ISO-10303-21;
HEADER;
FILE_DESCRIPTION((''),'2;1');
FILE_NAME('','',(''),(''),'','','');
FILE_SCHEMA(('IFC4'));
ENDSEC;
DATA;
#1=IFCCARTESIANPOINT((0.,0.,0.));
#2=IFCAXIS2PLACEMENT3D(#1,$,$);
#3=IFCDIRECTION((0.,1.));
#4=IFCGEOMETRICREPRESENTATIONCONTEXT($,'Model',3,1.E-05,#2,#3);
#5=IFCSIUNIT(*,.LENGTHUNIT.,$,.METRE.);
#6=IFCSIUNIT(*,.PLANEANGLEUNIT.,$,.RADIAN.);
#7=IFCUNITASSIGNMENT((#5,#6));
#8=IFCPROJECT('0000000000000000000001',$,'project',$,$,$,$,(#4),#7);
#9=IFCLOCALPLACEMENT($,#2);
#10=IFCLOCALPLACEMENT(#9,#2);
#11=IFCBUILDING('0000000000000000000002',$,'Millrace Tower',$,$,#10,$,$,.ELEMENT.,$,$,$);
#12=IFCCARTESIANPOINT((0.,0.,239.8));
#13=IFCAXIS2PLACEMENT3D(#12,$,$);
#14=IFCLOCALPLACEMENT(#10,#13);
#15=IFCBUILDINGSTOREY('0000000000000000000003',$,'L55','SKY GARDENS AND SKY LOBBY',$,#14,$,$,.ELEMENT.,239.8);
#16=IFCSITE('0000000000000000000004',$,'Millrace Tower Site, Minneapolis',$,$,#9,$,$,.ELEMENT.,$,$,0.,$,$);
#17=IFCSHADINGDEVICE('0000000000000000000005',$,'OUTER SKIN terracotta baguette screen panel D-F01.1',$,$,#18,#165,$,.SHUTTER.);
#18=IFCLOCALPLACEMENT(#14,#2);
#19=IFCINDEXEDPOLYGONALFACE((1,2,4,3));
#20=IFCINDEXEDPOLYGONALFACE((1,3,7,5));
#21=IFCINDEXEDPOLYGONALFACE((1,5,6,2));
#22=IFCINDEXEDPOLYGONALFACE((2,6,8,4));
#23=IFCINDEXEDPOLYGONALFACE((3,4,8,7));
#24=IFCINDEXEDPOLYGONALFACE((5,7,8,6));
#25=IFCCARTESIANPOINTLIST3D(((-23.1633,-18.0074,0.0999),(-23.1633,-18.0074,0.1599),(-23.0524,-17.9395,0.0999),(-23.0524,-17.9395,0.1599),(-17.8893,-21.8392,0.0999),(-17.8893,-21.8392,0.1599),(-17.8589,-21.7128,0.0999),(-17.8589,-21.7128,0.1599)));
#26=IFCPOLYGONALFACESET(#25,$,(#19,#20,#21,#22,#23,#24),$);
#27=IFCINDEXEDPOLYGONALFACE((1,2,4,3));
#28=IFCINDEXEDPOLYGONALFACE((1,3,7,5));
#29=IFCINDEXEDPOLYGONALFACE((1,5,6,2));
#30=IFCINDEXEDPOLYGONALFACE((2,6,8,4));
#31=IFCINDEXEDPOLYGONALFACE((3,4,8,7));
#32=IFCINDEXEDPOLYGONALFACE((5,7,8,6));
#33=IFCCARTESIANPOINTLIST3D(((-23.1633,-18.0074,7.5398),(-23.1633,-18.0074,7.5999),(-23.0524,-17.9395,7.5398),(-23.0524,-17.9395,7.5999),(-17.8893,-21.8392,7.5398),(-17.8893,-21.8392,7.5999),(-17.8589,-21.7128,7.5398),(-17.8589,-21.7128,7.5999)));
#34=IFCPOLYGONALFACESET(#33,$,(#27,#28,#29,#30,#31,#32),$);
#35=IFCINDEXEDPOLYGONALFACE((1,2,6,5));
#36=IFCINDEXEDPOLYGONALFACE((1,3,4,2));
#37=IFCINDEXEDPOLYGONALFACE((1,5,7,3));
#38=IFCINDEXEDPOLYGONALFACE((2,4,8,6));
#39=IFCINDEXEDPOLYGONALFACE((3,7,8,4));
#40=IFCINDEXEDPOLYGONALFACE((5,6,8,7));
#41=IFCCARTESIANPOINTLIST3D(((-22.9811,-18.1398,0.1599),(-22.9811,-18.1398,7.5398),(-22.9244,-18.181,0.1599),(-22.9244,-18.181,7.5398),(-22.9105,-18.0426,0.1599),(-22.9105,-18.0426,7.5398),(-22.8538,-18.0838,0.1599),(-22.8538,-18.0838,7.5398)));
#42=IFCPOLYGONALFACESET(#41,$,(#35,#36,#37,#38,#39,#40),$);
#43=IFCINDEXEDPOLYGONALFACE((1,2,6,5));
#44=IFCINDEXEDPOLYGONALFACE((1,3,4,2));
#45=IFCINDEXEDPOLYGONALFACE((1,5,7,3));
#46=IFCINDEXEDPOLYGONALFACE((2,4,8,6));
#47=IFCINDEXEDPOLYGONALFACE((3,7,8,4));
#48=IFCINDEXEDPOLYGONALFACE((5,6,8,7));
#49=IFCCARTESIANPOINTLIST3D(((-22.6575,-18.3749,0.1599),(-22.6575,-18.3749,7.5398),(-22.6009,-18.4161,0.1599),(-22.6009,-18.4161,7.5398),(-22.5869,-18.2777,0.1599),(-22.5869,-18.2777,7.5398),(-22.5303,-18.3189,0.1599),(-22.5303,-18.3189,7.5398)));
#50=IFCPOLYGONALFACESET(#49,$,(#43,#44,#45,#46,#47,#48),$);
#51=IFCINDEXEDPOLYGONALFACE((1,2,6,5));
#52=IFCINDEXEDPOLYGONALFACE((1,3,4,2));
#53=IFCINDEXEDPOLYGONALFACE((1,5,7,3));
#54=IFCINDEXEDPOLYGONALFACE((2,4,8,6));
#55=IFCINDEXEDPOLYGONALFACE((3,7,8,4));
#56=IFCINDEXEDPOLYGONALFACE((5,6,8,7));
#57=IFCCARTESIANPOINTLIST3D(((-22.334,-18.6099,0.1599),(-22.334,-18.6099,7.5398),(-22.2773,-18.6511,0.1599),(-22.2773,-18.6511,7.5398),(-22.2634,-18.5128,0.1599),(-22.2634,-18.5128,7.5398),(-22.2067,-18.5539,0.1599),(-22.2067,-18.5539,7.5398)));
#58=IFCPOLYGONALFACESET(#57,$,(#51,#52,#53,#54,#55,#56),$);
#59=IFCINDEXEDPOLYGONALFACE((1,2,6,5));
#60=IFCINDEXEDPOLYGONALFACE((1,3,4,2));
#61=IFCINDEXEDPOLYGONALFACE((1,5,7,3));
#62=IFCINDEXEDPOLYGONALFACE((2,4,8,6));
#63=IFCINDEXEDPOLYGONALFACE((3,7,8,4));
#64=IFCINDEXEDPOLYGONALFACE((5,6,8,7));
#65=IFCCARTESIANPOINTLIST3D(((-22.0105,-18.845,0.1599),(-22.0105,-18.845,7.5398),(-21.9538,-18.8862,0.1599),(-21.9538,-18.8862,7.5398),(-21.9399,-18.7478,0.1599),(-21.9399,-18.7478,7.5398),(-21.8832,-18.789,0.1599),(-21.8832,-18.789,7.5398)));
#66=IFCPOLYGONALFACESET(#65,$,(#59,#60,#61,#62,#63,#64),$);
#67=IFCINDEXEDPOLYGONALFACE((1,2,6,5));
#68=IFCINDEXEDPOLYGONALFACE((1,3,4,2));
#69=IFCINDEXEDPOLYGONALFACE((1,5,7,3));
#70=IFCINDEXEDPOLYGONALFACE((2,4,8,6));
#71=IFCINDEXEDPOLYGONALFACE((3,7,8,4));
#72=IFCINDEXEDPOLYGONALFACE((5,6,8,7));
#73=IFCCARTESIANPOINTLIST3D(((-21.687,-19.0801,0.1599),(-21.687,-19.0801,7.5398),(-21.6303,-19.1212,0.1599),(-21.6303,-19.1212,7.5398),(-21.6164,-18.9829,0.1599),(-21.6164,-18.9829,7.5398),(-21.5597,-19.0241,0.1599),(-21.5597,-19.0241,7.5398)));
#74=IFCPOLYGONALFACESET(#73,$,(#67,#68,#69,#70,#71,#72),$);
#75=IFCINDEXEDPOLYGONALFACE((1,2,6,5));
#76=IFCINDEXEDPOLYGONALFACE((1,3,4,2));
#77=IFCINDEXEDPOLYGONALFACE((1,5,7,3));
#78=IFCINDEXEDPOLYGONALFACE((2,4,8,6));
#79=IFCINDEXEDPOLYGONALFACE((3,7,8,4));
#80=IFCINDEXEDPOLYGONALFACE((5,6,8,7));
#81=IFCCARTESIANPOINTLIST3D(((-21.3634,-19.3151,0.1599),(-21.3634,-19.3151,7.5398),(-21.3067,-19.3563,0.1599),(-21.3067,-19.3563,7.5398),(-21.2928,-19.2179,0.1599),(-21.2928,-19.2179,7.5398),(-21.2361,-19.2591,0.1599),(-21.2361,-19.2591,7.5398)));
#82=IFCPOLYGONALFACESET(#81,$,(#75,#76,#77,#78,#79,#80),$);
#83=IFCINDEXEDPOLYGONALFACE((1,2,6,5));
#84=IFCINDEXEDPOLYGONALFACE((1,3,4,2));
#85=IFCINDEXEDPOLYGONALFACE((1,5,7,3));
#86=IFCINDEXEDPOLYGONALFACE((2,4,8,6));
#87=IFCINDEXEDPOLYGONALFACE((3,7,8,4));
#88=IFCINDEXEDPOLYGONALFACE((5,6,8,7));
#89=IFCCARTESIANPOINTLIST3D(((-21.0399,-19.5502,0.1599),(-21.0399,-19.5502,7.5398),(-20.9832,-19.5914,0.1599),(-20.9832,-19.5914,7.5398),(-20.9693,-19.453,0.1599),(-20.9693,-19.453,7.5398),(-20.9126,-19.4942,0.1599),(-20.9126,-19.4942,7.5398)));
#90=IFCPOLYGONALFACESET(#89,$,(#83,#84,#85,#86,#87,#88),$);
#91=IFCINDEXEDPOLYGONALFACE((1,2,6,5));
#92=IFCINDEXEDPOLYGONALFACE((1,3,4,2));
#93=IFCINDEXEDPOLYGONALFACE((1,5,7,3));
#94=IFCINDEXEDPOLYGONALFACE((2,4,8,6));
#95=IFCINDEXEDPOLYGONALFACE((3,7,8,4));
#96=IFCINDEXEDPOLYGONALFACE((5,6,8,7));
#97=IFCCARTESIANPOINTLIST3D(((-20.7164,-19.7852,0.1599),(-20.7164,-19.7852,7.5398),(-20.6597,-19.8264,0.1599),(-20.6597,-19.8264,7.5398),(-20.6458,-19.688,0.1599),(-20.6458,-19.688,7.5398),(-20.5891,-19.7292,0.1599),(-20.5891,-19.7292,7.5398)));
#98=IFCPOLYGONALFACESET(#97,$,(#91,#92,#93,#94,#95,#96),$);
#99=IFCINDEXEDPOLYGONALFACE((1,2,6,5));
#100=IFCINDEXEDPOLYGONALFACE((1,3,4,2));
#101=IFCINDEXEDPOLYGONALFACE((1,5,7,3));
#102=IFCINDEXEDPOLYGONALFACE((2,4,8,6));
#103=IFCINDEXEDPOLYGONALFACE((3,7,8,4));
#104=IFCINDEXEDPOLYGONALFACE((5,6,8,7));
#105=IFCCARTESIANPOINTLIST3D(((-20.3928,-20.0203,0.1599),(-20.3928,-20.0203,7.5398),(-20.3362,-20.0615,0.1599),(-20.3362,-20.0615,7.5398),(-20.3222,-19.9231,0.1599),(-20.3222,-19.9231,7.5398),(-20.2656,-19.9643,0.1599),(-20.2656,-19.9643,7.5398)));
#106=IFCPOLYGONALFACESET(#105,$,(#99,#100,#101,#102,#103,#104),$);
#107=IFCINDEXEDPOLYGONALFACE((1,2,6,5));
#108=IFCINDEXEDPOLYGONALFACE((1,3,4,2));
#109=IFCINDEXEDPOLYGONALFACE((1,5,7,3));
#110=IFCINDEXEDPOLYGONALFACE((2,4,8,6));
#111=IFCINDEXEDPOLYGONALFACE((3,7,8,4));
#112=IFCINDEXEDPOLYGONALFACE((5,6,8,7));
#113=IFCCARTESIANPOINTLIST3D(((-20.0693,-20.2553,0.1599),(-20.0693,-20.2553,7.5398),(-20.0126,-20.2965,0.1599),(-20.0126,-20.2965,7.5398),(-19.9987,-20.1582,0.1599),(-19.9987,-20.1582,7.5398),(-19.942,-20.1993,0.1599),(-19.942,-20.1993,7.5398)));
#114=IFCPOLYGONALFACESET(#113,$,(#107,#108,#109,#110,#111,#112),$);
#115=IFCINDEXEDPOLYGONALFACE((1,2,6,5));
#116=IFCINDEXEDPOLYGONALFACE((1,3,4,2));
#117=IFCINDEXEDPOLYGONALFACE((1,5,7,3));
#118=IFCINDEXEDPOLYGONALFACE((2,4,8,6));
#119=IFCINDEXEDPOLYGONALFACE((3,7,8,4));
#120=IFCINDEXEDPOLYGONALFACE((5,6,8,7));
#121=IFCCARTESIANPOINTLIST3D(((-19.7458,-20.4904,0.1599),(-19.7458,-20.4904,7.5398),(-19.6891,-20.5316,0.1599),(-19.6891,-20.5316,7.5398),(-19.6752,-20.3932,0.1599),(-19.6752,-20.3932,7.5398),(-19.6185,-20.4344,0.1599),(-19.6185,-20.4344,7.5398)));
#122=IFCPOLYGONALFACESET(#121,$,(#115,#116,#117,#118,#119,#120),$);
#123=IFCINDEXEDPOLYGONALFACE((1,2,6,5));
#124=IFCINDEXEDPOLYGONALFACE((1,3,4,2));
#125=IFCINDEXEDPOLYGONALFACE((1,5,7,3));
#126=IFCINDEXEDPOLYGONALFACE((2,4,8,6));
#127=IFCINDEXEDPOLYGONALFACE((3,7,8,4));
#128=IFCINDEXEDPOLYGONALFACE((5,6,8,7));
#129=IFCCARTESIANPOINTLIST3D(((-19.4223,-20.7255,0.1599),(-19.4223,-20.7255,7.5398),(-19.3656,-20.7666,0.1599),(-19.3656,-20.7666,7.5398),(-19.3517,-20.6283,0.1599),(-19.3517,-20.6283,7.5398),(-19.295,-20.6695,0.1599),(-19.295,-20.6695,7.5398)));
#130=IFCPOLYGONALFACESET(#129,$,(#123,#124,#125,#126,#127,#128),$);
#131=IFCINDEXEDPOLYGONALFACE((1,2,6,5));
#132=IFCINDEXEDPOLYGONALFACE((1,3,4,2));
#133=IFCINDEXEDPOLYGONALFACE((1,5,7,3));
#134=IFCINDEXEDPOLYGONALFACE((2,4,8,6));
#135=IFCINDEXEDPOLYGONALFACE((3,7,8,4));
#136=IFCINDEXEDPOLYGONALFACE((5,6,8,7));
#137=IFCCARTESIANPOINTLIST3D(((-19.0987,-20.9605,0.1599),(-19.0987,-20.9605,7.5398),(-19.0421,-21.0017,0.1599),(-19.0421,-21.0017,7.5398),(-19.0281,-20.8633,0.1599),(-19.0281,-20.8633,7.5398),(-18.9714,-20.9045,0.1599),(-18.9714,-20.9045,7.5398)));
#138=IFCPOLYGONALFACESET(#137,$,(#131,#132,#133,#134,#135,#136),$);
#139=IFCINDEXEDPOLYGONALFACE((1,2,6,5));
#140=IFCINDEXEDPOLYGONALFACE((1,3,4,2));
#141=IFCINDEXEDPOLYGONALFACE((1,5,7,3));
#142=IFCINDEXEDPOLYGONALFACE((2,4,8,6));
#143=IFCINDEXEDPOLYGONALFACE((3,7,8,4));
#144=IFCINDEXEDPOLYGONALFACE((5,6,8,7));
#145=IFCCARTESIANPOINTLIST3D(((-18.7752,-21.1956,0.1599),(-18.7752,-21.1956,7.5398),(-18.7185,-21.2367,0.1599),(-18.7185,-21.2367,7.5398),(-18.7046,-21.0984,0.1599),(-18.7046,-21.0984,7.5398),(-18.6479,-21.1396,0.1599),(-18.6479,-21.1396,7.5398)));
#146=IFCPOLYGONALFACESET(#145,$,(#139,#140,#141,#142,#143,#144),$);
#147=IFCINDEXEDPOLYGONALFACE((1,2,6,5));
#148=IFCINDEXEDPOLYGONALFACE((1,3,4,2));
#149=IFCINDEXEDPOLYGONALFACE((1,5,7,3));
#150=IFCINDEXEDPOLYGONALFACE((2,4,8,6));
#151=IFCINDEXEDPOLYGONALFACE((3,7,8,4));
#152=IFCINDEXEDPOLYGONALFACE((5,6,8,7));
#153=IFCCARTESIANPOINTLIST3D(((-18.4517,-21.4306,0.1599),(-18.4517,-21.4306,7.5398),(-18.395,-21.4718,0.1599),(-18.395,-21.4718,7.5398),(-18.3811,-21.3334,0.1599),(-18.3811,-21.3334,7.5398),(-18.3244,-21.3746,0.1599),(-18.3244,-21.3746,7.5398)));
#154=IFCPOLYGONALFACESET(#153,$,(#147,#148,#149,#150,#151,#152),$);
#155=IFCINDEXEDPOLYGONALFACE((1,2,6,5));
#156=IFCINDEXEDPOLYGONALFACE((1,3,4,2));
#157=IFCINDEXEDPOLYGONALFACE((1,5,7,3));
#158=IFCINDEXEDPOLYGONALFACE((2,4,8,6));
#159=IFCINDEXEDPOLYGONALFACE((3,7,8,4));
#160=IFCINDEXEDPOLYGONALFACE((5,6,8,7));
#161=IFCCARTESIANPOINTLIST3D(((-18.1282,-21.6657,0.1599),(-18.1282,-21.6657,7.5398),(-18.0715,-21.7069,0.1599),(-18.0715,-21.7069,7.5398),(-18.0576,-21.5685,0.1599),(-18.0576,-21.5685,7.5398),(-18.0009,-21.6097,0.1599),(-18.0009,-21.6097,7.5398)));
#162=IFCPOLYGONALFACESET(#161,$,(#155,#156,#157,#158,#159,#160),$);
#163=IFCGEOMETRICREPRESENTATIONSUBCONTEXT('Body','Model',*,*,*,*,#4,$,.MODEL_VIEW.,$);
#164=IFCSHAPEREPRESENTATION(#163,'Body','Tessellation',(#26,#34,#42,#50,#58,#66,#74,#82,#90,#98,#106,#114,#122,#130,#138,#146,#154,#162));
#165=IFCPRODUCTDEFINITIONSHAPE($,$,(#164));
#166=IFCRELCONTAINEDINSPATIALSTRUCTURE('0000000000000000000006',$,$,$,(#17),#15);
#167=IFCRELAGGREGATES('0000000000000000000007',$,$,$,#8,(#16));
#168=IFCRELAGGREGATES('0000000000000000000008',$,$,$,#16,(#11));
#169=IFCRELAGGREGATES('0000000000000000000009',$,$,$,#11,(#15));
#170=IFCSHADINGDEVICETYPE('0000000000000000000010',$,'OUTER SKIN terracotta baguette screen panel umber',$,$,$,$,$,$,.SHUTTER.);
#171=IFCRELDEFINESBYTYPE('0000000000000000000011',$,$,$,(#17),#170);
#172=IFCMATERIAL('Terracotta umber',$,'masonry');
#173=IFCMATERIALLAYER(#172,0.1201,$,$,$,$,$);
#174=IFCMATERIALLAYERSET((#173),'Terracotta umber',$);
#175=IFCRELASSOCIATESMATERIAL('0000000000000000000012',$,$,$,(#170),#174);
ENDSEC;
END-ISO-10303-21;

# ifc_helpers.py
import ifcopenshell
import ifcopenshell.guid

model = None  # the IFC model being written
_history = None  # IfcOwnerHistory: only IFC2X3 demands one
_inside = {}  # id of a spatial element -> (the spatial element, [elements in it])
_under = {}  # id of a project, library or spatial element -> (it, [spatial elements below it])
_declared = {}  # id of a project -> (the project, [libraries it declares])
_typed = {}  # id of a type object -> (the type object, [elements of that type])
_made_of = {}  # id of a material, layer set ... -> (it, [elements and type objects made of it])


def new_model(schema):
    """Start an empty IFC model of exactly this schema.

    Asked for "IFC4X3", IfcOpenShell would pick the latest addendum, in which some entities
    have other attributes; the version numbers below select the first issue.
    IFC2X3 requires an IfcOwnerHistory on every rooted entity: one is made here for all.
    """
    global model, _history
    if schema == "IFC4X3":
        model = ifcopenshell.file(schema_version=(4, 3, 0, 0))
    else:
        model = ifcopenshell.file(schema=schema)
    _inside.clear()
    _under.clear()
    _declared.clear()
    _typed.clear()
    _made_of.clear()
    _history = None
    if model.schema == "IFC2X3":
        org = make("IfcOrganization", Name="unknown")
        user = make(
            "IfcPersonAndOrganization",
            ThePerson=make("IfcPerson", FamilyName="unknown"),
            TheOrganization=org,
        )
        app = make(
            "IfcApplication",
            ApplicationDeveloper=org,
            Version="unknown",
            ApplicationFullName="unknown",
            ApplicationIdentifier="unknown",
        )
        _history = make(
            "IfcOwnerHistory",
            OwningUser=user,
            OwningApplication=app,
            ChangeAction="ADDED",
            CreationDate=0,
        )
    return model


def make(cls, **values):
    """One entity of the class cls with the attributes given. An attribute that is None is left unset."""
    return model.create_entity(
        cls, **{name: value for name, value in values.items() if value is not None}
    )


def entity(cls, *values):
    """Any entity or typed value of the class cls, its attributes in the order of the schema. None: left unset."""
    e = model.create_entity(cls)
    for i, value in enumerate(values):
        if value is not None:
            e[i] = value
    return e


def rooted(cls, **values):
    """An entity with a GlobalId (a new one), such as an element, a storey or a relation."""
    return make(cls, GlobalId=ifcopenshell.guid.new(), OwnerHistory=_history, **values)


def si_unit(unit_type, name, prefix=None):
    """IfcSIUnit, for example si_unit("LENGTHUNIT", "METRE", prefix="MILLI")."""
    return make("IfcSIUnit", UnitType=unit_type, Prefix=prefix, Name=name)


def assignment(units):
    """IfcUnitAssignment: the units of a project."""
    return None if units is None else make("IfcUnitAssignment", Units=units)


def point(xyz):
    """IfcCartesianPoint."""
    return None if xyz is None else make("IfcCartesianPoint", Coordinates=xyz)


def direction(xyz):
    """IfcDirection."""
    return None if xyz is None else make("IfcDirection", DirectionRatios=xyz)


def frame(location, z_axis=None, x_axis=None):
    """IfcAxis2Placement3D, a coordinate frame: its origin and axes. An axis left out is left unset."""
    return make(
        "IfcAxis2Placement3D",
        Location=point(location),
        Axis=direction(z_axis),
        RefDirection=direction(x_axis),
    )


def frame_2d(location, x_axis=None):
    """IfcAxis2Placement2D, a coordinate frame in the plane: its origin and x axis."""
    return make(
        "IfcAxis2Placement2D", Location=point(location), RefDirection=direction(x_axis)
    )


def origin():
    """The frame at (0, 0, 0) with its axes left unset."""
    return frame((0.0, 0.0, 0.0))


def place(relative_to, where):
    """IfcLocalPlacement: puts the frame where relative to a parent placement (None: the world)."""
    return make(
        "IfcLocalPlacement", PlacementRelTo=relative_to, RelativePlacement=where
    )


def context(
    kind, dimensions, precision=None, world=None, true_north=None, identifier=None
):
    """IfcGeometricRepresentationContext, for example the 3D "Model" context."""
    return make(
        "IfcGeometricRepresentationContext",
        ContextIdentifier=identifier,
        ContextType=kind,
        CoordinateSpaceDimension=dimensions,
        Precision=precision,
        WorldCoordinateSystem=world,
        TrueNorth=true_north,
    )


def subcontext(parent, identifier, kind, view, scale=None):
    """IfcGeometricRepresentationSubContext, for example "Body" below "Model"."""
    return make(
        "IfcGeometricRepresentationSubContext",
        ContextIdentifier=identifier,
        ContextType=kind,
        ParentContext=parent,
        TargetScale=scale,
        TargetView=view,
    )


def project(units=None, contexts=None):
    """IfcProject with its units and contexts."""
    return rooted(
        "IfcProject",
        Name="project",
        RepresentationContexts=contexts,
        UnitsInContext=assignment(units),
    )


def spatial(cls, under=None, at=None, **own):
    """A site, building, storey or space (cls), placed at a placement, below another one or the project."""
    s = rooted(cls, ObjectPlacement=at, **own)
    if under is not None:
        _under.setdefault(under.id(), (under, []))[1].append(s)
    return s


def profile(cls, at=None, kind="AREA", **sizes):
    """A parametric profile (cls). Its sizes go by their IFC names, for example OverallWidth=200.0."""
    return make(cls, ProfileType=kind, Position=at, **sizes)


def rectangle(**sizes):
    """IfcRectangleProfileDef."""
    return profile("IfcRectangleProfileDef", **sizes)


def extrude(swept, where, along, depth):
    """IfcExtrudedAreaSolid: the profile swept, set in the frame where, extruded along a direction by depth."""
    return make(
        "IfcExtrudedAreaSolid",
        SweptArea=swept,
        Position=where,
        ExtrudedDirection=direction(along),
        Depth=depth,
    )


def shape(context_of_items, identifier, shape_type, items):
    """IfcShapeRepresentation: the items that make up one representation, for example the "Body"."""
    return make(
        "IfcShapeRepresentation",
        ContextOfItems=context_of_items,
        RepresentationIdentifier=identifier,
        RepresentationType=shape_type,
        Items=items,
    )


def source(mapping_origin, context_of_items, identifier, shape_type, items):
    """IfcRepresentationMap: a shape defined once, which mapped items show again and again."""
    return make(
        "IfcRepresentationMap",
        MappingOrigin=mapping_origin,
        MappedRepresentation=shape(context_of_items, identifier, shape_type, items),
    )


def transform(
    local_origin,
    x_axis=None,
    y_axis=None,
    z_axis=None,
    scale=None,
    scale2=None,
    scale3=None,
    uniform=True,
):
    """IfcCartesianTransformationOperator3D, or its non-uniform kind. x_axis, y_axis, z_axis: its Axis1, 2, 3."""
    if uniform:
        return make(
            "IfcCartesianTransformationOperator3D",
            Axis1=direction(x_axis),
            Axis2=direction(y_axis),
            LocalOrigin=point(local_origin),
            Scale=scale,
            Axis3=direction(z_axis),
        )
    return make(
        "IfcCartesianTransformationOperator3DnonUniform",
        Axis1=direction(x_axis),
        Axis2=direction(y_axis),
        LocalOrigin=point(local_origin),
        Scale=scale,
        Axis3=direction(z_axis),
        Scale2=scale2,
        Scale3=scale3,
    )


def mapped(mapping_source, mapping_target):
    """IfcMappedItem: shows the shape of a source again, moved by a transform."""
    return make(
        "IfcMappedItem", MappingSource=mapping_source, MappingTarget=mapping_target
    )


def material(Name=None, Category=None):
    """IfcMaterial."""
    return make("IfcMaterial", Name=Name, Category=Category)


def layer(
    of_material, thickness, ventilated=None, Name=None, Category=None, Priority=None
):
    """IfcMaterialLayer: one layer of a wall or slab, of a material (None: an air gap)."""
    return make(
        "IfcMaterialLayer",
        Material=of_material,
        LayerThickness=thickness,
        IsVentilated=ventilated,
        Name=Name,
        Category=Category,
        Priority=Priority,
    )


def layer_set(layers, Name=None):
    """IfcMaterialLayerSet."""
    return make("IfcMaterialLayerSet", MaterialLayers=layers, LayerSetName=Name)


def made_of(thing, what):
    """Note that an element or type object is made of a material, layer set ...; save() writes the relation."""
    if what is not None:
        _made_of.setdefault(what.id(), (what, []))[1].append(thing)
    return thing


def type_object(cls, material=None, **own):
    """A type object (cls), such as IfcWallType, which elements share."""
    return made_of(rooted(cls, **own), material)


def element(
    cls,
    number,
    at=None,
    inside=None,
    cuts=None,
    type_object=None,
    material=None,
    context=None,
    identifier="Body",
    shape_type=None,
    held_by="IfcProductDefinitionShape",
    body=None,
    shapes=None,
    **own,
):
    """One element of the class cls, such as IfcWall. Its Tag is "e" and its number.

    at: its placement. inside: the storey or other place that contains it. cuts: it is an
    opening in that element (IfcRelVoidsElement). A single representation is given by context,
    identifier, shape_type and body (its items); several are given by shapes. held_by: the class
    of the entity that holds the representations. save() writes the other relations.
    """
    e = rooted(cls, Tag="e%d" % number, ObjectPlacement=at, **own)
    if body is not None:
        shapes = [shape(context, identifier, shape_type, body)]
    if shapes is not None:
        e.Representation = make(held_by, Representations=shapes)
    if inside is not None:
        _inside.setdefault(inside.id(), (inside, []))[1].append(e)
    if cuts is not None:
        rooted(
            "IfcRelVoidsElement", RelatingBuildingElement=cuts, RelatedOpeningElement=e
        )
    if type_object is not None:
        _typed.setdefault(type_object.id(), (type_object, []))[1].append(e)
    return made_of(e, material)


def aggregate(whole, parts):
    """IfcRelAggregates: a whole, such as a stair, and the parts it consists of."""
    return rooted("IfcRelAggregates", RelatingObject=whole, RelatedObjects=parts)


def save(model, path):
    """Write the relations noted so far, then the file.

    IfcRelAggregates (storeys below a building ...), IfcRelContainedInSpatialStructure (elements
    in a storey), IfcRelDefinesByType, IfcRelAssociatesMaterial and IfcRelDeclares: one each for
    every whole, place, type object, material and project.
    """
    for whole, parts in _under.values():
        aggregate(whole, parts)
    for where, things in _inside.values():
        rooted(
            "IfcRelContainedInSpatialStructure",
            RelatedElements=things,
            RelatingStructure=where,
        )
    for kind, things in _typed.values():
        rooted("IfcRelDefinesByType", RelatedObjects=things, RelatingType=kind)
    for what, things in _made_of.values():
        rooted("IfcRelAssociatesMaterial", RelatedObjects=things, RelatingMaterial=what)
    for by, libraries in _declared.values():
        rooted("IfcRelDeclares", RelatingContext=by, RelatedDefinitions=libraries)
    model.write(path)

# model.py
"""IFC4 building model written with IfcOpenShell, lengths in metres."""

from ifc_helpers import new_model, entity, si_unit, direction, frame, frame_2d, origin, place, context, subcontext, project, spatial, rectangle, extrude, source, transform, mapped, material, layer, layer_set, type_object, element, save


model = new_model("IFC4")

# Units and contexts
model_context = context("Model", 3, precision=1e-05, world=origin(), true_north=direction((0.0, 1.0)))
body_context = subcontext(model_context, "Body", "Model", "MODEL_VIEW")
ifc_project = project(units=[si_unit("LENGTHUNIT", "METRE"), si_unit("PLANEANGLEUNIT", "RADIAN")], contexts=[model_context])

# Site, building, storey
site_placement = place(None, origin())
site = spatial("IfcSite", under=ifc_project, at=site_placement, Name="Millrace Tower Site, Minneapolis", CompositionType="ELEMENT", RefElevation=0.0)
building_placement = place(site_placement, origin())
building = spatial("IfcBuilding", under=site, at=building_placement, Name="Millrace Tower", CompositionType="ELEMENT")
storey_placement = place(building_placement, frame((0.0, 0.0, 239.8)))
storey = spatial("IfcBuildingStorey", under=building, at=storey_placement, Name="L55", Description="SKY GARDENS AND SKY LOBBY", CompositionType="ELEMENT", Elevation=239.8)

# Shading device
ifc_material_1 = material(Name="Terracotta umber", Category="masonry")
ifc_layer_1 = layer(ifc_material_1, 0.1201)
ifc_layer_set_1 = layer_set([ifc_layer_1], Name="Terracotta umber")
shading_device_type = type_object("IfcShadingDeviceType", Name="OUTER SKIN terracotta baguette screen panel umber", PredefinedType="SHUTTER", material=ifc_layer_set_1)
cartesian_point_1 = entity("IfcCartesianPoint", [-3.2097, 0.0601])
shared_polyline_1 = entity("IfcPolyline", [cartesian_point_1, entity("IfcCartesianPoint", [3.2097, 0.0601]), entity("IfcCartesianPoint", [3.2595, -0.0601]), entity("IfcCartesianPoint", [-3.2595, -0.0601]), cartesian_point_1])
shared_shape_1 = source(origin(), body_context, "Body", "SweptSolid", [
    entity("IfcExtrudedAreaSolid", entity("IfcArbitraryClosedProfileDef", "AREA", None, shared_polyline_1), entity("IfcAxis2Placement3D", entity("IfcCartesianPoint", [0.0, 0.0, 0.0])), entity("IfcDirection", [0.0, 0.0, 1.0]), 0.0601),
    entity("IfcExtrudedAreaSolid", entity("IfcArbitraryClosedProfileDef", "AREA", None, shared_polyline_1), entity("IfcAxis2Placement3D", entity("IfcCartesianPoint", [0.0, 0.0, 7.4399])), entity("IfcDirection", [0.0, 0.0, 1.0]), 0.0601),
    extrude(rectangle(XDim=0.0701, YDim=0.1201, at=frame_2d((-2.9993, 0.0))), frame((0.0, 0.0, 0.0601)), (0.0, 0.0, 1.0), 7.3799),
    extrude(rectangle(XDim=0.0701, YDim=0.1201, at=frame_2d((-2.5994, 0.0))), frame((0.0, 0.0, 0.0601)), (0.0, 0.0, 1.0), 7.3799),
    extrude(rectangle(XDim=0.0701, YDim=0.1201, at=frame_2d((-2.1995, 0.0))), frame((0.0, 0.0, 0.0601)), (0.0, 0.0, 1.0), 7.3799),
    extrude(rectangle(XDim=0.0701, YDim=0.1201, at=frame_2d((-1.7996, 0.0))), frame((0.0, 0.0, 0.0601)), (0.0, 0.0, 1.0), 7.3799),
    extrude(rectangle(XDim=0.0701, YDim=0.1201, at=frame_2d((-1.3997, 0.0))), frame((0.0, 0.0, 0.0601)), (0.0, 0.0, 1.0), 7.3799),
    extrude(rectangle(XDim=0.0701, YDim=0.1201, at=frame_2d((-0.9998, 0.0))), frame((0.0, 0.0, 0.0601)), (0.0, 0.0, 1.0), 7.3799),
    extrude(rectangle(XDim=0.0701, YDim=0.1201, at=frame_2d((-0.5999, 0.0))), frame((0.0, 0.0, 0.0601)), (0.0, 0.0, 1.0), 7.3799),
    extrude(rectangle(XDim=0.0701, YDim=0.1201, at=frame_2d((-0.2, 0.0))), frame((0.0, 0.0, 0.0601)), (0.0, 0.0, 1.0), 7.3799),
    extrude(rectangle(XDim=0.0701, YDim=0.1201, at=frame_2d((0.2, 0.0))), frame((0.0, 0.0, 0.0601)), (0.0, 0.0, 1.0), 7.3799),
    extrude(rectangle(XDim=0.0701, YDim=0.1201, at=frame_2d((0.5999, 0.0))), frame((0.0, 0.0, 0.0601)), (0.0, 0.0, 1.0), 7.3799),
    extrude(rectangle(XDim=0.0701, YDim=0.1201, at=frame_2d((0.9998, 0.0))), frame((0.0, 0.0, 0.0601)), (0.0, 0.0, 1.0), 7.3799),
    extrude(rectangle(XDim=0.0701, YDim=0.1201, at=frame_2d((1.3997, 0.0))), frame((0.0, 0.0, 0.0601)), (0.0, 0.0, 1.0), 7.3799),
    extrude(rectangle(XDim=0.0701, YDim=0.1201, at=frame_2d((1.7996, 0.0))), frame((0.0, 0.0, 0.0601)), (0.0, 0.0, 1.0), 7.3799),
    extrude(rectangle(XDim=0.0701, YDim=0.1201, at=frame_2d((2.1995, 0.0))), frame((0.0, 0.0, 0.0601)), (0.0, 0.0, 1.0), 7.3799),
    extrude(rectangle(XDim=0.0701, YDim=0.1201, at=frame_2d((2.5994, 0.0))), frame((0.0, 0.0, 0.0601)), (0.0, 0.0, 1.0), 7.3799),
    extrude(rectangle(XDim=0.0701, YDim=0.1201, at=frame_2d((2.9993, 0.0))), frame((0.0, 0.0, 0.0601)), (0.0, 0.0, 1.0), 7.3799),
])
shading_device_1_placement = place(storey_placement, frame((-20.491, -19.8748, 0.0999), z_axis=(0.0, 0.0, 1.0), x_axis=(0.809017, -0.587785, 0.0)))
element("IfcShadingDevice", 1, at=shading_device_1_placement, inside=storey, type_object=shading_device_type, Name="OUTER SKIN terracotta baguette screen panel D-F01.1", PredefinedType="SHUTTER", context=body_context, shape_type="MappedRepresentation", body=[
    mapped(shared_shape_1, transform((0.0, 0.0, 0.0), scale=1.0)),
])

save(model, "model.ifc")
